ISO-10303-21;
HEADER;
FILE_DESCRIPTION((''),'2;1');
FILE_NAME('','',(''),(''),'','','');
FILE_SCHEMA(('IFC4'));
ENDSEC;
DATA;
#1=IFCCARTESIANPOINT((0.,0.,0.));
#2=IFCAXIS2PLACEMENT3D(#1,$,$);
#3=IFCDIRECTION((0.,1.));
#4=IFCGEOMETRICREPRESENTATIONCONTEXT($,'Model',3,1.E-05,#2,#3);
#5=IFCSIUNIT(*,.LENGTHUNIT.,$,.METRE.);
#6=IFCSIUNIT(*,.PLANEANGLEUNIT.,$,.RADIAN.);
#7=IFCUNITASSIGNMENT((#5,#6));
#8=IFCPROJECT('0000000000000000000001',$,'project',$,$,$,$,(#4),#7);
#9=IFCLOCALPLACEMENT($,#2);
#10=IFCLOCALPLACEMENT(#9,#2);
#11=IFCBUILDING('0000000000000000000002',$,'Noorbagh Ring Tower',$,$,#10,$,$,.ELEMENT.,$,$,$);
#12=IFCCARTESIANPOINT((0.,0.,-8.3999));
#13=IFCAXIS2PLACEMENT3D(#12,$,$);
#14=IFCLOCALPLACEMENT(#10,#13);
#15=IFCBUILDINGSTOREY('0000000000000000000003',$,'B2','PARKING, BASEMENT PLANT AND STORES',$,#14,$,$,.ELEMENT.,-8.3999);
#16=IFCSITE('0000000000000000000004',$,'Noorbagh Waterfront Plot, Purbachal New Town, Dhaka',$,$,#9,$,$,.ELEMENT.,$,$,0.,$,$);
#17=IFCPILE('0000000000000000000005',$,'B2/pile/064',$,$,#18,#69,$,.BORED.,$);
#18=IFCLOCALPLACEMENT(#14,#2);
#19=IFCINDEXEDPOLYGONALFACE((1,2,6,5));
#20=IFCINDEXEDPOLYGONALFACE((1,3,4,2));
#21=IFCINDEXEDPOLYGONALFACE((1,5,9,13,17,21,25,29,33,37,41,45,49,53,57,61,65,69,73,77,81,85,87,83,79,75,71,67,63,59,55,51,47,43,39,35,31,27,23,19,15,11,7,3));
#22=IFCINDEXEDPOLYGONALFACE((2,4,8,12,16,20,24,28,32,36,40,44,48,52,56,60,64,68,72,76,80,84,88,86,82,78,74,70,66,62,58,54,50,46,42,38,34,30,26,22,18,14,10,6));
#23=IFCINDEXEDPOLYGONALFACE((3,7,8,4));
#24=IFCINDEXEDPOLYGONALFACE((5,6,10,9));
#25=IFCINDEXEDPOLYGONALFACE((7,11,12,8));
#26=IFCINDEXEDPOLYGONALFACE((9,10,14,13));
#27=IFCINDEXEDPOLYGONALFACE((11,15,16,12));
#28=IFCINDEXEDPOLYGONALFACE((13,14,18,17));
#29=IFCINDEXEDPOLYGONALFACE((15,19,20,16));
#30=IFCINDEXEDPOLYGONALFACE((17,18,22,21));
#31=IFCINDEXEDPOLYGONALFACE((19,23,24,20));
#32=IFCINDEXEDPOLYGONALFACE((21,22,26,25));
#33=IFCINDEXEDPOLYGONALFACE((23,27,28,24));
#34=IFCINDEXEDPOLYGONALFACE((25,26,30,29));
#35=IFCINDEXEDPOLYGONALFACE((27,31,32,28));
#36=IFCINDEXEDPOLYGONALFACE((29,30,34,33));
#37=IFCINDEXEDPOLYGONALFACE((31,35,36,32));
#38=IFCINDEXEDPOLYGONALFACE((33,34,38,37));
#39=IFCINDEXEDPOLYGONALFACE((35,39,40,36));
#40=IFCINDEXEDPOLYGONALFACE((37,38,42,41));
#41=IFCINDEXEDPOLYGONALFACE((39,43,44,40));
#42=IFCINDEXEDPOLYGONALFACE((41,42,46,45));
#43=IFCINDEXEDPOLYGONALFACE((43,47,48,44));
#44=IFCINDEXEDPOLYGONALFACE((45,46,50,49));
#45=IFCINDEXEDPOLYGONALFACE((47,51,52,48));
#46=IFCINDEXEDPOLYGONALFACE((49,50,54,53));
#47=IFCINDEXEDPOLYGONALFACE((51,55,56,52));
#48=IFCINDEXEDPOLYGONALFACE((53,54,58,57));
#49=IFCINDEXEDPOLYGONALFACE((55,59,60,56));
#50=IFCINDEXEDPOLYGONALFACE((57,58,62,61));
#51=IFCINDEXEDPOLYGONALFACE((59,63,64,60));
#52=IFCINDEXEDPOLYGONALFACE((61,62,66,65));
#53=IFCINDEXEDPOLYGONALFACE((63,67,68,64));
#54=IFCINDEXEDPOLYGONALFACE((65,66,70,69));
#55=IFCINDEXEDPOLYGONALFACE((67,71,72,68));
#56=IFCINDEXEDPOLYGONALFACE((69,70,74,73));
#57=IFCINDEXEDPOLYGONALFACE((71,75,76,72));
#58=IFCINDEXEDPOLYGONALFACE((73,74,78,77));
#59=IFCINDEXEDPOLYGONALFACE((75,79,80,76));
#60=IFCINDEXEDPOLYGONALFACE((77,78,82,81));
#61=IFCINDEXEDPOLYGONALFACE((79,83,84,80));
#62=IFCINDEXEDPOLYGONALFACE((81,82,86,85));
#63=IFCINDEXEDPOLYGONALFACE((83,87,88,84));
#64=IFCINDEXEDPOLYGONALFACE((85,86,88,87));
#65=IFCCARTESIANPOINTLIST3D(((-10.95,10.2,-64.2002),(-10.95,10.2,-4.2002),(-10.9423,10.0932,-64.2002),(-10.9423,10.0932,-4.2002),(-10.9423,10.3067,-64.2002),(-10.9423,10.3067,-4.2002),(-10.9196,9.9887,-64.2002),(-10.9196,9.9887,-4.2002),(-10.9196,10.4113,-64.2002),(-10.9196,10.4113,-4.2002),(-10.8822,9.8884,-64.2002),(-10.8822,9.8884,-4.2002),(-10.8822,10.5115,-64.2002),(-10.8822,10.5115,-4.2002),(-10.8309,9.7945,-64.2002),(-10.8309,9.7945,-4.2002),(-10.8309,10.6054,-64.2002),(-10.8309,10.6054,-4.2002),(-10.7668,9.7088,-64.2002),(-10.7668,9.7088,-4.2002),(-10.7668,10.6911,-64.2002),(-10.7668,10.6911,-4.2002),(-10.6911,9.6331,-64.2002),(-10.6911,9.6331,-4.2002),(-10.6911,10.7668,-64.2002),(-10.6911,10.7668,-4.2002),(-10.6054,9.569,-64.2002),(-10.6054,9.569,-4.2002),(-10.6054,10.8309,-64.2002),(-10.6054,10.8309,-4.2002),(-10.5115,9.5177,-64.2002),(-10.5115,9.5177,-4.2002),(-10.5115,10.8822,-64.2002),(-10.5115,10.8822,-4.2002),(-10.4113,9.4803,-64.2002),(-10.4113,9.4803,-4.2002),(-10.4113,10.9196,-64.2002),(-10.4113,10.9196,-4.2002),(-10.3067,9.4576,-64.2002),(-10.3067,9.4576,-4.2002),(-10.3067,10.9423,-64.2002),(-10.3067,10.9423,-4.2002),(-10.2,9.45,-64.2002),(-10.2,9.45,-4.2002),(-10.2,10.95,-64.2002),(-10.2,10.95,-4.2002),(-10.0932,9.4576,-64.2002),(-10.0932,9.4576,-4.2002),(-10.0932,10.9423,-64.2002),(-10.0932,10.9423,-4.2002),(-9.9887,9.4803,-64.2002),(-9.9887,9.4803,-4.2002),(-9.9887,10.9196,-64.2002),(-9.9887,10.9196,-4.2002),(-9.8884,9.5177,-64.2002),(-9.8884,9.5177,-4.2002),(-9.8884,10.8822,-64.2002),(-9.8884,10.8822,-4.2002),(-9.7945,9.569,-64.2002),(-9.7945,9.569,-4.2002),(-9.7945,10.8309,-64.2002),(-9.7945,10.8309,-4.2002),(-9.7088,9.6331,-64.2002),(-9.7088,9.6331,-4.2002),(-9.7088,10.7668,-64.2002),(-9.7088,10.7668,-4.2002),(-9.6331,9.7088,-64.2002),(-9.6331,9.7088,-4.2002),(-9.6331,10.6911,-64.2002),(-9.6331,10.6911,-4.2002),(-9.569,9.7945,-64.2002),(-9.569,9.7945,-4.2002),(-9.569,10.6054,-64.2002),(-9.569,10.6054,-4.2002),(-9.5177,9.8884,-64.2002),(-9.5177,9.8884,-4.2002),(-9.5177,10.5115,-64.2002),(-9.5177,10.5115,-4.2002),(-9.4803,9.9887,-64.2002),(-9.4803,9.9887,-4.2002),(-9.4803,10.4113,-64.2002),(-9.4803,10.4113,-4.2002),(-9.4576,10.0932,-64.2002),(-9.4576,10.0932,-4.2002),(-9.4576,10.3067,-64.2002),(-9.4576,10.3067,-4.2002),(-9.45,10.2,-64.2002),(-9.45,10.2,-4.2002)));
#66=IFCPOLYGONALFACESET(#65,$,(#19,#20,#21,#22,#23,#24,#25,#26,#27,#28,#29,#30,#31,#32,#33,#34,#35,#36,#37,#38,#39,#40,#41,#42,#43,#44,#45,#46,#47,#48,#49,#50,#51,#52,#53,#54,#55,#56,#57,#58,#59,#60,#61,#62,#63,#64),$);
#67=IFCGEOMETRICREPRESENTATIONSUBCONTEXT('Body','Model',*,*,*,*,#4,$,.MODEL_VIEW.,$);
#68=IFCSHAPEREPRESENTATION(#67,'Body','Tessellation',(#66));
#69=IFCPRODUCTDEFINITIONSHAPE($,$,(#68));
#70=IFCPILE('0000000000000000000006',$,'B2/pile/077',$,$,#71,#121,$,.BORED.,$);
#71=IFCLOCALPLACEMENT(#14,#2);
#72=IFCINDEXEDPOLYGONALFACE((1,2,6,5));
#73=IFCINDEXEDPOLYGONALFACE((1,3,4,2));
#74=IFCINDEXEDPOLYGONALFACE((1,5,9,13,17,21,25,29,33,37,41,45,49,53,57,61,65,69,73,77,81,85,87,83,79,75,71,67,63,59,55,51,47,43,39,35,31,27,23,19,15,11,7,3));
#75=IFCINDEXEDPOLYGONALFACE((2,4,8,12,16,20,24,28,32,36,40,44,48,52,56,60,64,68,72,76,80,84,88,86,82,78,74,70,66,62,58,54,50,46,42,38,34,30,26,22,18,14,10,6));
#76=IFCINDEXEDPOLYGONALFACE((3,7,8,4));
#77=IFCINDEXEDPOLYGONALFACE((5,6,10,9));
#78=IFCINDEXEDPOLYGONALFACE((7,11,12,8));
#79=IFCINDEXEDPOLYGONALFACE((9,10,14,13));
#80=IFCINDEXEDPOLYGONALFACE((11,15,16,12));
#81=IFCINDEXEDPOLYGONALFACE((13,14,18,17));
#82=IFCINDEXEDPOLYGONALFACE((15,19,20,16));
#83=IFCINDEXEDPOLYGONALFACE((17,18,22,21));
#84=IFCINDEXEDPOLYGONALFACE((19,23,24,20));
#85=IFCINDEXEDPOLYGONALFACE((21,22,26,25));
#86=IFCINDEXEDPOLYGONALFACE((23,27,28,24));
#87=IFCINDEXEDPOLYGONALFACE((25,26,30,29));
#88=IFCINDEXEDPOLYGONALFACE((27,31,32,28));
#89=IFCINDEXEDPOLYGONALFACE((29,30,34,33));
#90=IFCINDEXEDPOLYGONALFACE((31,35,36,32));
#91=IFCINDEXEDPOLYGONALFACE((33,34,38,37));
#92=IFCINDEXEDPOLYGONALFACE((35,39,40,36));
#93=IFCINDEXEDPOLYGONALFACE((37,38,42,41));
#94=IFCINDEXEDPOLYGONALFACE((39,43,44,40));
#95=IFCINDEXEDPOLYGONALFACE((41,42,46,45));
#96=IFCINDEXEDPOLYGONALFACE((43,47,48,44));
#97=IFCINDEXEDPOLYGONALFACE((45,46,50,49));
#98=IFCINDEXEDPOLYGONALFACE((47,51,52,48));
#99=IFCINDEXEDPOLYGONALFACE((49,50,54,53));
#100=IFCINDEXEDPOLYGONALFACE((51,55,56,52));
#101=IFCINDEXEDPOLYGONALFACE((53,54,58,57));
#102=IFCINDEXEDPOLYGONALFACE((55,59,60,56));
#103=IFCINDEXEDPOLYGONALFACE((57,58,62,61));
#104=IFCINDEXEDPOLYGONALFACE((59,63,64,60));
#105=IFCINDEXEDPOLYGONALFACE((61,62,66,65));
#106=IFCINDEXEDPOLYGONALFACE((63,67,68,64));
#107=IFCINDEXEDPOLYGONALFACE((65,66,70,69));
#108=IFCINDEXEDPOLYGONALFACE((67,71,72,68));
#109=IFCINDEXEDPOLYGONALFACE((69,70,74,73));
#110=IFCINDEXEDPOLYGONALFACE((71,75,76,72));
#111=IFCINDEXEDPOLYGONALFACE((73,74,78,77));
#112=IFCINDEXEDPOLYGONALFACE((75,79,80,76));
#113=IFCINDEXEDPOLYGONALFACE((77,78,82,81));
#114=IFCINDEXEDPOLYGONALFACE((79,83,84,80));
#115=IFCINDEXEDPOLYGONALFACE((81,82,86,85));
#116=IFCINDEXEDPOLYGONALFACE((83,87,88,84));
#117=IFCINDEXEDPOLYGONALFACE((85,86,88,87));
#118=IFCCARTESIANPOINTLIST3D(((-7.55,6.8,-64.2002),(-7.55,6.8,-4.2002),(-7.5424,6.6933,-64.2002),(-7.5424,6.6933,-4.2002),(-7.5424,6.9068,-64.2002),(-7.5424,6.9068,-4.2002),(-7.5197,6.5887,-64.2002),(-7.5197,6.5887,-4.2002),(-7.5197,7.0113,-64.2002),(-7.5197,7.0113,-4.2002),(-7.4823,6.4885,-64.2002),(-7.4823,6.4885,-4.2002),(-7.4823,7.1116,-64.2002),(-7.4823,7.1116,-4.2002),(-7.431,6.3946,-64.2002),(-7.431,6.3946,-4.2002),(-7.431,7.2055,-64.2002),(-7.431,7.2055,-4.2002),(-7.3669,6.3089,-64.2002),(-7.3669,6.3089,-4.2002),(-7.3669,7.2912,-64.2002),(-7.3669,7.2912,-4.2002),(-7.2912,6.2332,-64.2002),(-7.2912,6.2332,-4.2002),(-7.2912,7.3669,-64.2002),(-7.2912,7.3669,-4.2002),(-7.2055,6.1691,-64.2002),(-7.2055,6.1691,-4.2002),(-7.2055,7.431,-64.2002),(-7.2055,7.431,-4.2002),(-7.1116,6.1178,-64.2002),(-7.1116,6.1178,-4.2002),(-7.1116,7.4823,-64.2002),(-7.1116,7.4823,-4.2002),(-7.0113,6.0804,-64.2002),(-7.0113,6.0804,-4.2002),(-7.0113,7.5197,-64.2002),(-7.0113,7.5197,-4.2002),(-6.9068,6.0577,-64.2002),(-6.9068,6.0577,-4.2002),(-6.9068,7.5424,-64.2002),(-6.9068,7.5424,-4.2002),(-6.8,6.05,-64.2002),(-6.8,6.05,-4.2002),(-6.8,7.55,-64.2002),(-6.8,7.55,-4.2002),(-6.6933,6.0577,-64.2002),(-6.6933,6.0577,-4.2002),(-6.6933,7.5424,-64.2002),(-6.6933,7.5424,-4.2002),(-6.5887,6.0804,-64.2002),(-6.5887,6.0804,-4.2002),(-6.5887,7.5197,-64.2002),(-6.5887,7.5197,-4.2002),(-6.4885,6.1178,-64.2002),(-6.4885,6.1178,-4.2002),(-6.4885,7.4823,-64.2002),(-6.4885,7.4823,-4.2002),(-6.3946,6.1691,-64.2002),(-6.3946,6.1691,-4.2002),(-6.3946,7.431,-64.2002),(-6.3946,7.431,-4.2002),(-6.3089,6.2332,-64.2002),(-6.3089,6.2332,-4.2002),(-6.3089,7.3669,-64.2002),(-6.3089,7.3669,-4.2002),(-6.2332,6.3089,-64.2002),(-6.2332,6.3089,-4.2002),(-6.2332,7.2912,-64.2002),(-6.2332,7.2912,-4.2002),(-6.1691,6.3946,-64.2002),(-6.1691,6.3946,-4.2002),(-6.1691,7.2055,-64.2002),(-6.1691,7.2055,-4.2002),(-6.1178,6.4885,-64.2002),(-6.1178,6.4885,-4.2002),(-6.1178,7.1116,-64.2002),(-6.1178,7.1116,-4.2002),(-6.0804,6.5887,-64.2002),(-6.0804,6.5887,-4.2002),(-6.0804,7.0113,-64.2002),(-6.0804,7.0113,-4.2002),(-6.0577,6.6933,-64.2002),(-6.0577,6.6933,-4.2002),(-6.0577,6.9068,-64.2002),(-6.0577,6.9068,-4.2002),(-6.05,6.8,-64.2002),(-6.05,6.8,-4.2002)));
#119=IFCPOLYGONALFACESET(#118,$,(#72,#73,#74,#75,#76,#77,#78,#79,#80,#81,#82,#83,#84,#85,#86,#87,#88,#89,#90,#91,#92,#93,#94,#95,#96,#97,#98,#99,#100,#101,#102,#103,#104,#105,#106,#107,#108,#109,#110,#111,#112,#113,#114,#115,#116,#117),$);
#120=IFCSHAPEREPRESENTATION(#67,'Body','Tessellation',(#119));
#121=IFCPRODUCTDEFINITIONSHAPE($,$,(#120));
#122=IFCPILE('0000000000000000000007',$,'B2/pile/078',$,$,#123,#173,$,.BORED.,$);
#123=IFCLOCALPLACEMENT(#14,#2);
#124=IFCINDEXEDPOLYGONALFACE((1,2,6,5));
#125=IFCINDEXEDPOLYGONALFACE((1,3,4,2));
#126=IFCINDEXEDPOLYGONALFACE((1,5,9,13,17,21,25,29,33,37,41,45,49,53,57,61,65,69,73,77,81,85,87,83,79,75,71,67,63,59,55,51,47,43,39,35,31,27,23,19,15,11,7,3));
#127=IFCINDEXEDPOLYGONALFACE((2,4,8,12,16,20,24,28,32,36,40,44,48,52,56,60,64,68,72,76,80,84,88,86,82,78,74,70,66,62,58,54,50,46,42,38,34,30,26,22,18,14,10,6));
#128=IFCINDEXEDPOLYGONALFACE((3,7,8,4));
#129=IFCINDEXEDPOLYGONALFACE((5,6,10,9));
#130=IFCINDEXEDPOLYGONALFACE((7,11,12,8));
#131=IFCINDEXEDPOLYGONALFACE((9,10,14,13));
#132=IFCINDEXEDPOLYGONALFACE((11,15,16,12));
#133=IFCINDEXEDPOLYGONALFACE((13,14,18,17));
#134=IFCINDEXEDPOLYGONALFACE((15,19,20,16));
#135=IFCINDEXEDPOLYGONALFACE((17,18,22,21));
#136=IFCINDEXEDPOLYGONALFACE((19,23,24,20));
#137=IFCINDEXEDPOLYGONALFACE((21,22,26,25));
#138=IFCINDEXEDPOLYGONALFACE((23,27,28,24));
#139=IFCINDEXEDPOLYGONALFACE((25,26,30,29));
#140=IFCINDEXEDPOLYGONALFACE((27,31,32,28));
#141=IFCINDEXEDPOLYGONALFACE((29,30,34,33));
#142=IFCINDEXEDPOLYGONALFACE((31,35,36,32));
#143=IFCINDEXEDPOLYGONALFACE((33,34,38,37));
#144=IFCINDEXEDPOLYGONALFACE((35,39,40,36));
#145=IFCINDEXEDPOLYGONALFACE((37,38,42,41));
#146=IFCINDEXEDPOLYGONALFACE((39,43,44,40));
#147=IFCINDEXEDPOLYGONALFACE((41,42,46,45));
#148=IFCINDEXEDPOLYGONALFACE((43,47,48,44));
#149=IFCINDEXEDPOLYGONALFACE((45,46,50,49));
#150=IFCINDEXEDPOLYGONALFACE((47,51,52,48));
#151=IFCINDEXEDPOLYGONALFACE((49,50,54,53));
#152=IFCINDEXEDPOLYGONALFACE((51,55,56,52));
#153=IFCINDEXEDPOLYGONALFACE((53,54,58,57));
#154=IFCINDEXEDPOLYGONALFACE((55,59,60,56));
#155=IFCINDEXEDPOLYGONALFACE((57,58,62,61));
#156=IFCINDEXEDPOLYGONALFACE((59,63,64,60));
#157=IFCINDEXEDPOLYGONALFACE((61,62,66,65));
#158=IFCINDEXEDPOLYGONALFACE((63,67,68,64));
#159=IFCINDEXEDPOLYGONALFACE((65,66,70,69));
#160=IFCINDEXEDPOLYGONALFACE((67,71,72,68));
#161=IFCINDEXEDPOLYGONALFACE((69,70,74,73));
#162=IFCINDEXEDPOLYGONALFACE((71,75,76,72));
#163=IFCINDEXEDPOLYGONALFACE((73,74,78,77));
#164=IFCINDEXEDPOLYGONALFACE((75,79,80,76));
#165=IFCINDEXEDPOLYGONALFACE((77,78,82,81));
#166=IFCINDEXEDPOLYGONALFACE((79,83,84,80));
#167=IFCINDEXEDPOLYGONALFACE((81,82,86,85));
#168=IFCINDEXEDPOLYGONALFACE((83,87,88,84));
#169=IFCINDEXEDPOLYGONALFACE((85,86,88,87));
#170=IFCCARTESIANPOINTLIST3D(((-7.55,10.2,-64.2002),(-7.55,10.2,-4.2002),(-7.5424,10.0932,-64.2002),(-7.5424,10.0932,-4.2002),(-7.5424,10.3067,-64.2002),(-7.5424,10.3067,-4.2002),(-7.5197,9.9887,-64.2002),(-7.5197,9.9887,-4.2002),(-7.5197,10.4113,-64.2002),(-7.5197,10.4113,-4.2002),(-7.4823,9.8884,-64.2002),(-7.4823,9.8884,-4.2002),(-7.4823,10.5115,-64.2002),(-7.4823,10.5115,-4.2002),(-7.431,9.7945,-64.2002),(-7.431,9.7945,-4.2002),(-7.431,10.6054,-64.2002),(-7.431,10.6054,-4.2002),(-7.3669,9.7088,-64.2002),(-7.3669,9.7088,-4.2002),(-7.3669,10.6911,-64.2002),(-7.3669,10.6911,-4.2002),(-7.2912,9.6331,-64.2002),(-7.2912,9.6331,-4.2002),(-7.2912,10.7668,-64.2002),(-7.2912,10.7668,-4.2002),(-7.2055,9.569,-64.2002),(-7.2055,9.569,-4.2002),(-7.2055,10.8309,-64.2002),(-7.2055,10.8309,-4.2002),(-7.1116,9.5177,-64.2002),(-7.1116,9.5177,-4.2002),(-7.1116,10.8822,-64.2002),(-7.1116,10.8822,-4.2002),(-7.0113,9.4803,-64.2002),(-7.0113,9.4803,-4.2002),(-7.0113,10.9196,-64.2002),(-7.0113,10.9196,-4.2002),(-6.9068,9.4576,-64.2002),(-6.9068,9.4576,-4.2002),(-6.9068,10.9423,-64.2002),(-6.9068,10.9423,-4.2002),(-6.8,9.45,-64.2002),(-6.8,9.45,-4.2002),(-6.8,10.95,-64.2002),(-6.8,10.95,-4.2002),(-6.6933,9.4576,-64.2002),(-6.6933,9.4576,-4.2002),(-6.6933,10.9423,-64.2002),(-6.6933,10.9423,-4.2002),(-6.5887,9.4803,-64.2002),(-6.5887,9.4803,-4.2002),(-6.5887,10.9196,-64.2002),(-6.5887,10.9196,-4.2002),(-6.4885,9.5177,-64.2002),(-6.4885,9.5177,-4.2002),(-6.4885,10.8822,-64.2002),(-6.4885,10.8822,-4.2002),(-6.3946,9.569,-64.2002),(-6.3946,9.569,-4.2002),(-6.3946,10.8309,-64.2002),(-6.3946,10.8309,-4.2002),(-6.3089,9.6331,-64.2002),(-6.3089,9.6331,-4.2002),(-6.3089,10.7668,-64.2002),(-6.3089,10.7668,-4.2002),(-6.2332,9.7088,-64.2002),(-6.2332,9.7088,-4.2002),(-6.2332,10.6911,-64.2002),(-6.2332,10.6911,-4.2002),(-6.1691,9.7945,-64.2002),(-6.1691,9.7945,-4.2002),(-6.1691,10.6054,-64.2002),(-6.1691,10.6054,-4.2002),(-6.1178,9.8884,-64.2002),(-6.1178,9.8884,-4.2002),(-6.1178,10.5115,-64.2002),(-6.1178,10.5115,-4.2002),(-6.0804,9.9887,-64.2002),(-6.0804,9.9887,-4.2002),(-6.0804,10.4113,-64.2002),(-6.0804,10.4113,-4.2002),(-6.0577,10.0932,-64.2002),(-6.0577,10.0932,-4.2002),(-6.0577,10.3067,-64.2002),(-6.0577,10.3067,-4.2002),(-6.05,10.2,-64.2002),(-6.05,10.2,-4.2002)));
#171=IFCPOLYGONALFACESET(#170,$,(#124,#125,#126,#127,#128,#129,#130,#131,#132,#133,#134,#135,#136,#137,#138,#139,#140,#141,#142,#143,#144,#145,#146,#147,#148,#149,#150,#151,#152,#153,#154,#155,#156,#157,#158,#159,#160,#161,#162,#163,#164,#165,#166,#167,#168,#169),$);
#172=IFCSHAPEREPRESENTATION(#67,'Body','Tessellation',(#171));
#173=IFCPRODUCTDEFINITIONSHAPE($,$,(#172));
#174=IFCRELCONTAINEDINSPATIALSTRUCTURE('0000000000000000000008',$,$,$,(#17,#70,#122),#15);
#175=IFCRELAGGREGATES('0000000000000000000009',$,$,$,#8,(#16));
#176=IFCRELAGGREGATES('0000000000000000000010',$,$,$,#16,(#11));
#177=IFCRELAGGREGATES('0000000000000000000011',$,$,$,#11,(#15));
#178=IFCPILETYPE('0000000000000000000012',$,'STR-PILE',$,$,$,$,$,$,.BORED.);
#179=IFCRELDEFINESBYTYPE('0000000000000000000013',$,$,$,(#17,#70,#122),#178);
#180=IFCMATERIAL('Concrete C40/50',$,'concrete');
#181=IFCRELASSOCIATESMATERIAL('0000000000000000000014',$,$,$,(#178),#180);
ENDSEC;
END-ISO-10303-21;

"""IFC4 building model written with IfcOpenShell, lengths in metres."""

from ifc_helpers import new_model, si_unit, direction, frame, origin, origin_2d, place, context, subcontext, project, spatial, circle, extrude, material, material_profile, profile_set, type_object, element, save


model = new_model("IFC4")

# Units and contexts
model_context = context("Model", 3, precision=1e-05, world=origin(), true_north=direction((0.0, 1.0)))
body_context = subcontext(model_context, "Body", "Model", "MODEL_VIEW")
ifc_project = project(units=[si_unit("LENGTHUNIT", "METRE"), si_unit("PLANEANGLEUNIT", "RADIAN")], contexts=[model_context])

# Site, building, storey
site_placement = place(None, origin())
site = spatial("IfcSite", under=ifc_project, at=site_placement, Name="Noorbagh Waterfront Plot, Purbachal New Town, Dhaka", CompositionType="ELEMENT", RefElevation=0.0)
building_placement = place(site_placement, origin())
building = spatial("IfcBuilding", under=site, at=building_placement, Name="Noorbagh Ring Tower", CompositionType="ELEMENT")
storey_placement = place(building_placement, frame((0.0, 0.0, -8.3999)))
storey = spatial("IfcBuildingStorey", under=building, at=storey_placement, Name="B2", Description="PARKING, BASEMENT PLANT AND STORES", CompositionType="ELEMENT", Elevation=-8.3999)

# Piles
ifc_material_1 = material(Name="Concrete C40/50", Category="concrete")
ifc_material_profile_1 = material_profile(ifc_material_1, circle(Radius=0.75, at=origin_2d()), Name="PILE1500")
ifc_profile_set_1 = profile_set([ifc_material_profile_1], Name="Concrete C40/50")
pile_type = type_object("IfcPileType", Name="STR-PILE", PredefinedType="BORED", material=ifc_profile_set_1)
for number, where, z_axis, x_axis, name in (
    (1, (-10.2, 10.2, -4.2002), (0.0, 0.0, -1.0), (1.0, 0.0, 0.0), "B2/pile/064"),
    (2, (-6.8, 6.8, -4.2002), (0.0, 0.0, -1.0), (1.0, 0.0, 0.0), "B2/pile/077"),
    (3, (-6.8, 10.2, -4.2002), (0.0, 0.0, -1.0), (1.0, 0.0, 0.0), "B2/pile/078"),
):
    element("IfcPile", number, at=place(storey_placement, frame(where, z_axis=z_axis, x_axis=x_axis)), inside=storey, type_object=pile_type, Name=name, PredefinedType="BORED", context=body_context, shape_type="SweptSolid", body=[
        extrude(circle(Radius=0.75, at=origin_2d()), origin(), (0.0, 0.0, 1.0), 60.0),
    ])

save(model, "model.ifc")
